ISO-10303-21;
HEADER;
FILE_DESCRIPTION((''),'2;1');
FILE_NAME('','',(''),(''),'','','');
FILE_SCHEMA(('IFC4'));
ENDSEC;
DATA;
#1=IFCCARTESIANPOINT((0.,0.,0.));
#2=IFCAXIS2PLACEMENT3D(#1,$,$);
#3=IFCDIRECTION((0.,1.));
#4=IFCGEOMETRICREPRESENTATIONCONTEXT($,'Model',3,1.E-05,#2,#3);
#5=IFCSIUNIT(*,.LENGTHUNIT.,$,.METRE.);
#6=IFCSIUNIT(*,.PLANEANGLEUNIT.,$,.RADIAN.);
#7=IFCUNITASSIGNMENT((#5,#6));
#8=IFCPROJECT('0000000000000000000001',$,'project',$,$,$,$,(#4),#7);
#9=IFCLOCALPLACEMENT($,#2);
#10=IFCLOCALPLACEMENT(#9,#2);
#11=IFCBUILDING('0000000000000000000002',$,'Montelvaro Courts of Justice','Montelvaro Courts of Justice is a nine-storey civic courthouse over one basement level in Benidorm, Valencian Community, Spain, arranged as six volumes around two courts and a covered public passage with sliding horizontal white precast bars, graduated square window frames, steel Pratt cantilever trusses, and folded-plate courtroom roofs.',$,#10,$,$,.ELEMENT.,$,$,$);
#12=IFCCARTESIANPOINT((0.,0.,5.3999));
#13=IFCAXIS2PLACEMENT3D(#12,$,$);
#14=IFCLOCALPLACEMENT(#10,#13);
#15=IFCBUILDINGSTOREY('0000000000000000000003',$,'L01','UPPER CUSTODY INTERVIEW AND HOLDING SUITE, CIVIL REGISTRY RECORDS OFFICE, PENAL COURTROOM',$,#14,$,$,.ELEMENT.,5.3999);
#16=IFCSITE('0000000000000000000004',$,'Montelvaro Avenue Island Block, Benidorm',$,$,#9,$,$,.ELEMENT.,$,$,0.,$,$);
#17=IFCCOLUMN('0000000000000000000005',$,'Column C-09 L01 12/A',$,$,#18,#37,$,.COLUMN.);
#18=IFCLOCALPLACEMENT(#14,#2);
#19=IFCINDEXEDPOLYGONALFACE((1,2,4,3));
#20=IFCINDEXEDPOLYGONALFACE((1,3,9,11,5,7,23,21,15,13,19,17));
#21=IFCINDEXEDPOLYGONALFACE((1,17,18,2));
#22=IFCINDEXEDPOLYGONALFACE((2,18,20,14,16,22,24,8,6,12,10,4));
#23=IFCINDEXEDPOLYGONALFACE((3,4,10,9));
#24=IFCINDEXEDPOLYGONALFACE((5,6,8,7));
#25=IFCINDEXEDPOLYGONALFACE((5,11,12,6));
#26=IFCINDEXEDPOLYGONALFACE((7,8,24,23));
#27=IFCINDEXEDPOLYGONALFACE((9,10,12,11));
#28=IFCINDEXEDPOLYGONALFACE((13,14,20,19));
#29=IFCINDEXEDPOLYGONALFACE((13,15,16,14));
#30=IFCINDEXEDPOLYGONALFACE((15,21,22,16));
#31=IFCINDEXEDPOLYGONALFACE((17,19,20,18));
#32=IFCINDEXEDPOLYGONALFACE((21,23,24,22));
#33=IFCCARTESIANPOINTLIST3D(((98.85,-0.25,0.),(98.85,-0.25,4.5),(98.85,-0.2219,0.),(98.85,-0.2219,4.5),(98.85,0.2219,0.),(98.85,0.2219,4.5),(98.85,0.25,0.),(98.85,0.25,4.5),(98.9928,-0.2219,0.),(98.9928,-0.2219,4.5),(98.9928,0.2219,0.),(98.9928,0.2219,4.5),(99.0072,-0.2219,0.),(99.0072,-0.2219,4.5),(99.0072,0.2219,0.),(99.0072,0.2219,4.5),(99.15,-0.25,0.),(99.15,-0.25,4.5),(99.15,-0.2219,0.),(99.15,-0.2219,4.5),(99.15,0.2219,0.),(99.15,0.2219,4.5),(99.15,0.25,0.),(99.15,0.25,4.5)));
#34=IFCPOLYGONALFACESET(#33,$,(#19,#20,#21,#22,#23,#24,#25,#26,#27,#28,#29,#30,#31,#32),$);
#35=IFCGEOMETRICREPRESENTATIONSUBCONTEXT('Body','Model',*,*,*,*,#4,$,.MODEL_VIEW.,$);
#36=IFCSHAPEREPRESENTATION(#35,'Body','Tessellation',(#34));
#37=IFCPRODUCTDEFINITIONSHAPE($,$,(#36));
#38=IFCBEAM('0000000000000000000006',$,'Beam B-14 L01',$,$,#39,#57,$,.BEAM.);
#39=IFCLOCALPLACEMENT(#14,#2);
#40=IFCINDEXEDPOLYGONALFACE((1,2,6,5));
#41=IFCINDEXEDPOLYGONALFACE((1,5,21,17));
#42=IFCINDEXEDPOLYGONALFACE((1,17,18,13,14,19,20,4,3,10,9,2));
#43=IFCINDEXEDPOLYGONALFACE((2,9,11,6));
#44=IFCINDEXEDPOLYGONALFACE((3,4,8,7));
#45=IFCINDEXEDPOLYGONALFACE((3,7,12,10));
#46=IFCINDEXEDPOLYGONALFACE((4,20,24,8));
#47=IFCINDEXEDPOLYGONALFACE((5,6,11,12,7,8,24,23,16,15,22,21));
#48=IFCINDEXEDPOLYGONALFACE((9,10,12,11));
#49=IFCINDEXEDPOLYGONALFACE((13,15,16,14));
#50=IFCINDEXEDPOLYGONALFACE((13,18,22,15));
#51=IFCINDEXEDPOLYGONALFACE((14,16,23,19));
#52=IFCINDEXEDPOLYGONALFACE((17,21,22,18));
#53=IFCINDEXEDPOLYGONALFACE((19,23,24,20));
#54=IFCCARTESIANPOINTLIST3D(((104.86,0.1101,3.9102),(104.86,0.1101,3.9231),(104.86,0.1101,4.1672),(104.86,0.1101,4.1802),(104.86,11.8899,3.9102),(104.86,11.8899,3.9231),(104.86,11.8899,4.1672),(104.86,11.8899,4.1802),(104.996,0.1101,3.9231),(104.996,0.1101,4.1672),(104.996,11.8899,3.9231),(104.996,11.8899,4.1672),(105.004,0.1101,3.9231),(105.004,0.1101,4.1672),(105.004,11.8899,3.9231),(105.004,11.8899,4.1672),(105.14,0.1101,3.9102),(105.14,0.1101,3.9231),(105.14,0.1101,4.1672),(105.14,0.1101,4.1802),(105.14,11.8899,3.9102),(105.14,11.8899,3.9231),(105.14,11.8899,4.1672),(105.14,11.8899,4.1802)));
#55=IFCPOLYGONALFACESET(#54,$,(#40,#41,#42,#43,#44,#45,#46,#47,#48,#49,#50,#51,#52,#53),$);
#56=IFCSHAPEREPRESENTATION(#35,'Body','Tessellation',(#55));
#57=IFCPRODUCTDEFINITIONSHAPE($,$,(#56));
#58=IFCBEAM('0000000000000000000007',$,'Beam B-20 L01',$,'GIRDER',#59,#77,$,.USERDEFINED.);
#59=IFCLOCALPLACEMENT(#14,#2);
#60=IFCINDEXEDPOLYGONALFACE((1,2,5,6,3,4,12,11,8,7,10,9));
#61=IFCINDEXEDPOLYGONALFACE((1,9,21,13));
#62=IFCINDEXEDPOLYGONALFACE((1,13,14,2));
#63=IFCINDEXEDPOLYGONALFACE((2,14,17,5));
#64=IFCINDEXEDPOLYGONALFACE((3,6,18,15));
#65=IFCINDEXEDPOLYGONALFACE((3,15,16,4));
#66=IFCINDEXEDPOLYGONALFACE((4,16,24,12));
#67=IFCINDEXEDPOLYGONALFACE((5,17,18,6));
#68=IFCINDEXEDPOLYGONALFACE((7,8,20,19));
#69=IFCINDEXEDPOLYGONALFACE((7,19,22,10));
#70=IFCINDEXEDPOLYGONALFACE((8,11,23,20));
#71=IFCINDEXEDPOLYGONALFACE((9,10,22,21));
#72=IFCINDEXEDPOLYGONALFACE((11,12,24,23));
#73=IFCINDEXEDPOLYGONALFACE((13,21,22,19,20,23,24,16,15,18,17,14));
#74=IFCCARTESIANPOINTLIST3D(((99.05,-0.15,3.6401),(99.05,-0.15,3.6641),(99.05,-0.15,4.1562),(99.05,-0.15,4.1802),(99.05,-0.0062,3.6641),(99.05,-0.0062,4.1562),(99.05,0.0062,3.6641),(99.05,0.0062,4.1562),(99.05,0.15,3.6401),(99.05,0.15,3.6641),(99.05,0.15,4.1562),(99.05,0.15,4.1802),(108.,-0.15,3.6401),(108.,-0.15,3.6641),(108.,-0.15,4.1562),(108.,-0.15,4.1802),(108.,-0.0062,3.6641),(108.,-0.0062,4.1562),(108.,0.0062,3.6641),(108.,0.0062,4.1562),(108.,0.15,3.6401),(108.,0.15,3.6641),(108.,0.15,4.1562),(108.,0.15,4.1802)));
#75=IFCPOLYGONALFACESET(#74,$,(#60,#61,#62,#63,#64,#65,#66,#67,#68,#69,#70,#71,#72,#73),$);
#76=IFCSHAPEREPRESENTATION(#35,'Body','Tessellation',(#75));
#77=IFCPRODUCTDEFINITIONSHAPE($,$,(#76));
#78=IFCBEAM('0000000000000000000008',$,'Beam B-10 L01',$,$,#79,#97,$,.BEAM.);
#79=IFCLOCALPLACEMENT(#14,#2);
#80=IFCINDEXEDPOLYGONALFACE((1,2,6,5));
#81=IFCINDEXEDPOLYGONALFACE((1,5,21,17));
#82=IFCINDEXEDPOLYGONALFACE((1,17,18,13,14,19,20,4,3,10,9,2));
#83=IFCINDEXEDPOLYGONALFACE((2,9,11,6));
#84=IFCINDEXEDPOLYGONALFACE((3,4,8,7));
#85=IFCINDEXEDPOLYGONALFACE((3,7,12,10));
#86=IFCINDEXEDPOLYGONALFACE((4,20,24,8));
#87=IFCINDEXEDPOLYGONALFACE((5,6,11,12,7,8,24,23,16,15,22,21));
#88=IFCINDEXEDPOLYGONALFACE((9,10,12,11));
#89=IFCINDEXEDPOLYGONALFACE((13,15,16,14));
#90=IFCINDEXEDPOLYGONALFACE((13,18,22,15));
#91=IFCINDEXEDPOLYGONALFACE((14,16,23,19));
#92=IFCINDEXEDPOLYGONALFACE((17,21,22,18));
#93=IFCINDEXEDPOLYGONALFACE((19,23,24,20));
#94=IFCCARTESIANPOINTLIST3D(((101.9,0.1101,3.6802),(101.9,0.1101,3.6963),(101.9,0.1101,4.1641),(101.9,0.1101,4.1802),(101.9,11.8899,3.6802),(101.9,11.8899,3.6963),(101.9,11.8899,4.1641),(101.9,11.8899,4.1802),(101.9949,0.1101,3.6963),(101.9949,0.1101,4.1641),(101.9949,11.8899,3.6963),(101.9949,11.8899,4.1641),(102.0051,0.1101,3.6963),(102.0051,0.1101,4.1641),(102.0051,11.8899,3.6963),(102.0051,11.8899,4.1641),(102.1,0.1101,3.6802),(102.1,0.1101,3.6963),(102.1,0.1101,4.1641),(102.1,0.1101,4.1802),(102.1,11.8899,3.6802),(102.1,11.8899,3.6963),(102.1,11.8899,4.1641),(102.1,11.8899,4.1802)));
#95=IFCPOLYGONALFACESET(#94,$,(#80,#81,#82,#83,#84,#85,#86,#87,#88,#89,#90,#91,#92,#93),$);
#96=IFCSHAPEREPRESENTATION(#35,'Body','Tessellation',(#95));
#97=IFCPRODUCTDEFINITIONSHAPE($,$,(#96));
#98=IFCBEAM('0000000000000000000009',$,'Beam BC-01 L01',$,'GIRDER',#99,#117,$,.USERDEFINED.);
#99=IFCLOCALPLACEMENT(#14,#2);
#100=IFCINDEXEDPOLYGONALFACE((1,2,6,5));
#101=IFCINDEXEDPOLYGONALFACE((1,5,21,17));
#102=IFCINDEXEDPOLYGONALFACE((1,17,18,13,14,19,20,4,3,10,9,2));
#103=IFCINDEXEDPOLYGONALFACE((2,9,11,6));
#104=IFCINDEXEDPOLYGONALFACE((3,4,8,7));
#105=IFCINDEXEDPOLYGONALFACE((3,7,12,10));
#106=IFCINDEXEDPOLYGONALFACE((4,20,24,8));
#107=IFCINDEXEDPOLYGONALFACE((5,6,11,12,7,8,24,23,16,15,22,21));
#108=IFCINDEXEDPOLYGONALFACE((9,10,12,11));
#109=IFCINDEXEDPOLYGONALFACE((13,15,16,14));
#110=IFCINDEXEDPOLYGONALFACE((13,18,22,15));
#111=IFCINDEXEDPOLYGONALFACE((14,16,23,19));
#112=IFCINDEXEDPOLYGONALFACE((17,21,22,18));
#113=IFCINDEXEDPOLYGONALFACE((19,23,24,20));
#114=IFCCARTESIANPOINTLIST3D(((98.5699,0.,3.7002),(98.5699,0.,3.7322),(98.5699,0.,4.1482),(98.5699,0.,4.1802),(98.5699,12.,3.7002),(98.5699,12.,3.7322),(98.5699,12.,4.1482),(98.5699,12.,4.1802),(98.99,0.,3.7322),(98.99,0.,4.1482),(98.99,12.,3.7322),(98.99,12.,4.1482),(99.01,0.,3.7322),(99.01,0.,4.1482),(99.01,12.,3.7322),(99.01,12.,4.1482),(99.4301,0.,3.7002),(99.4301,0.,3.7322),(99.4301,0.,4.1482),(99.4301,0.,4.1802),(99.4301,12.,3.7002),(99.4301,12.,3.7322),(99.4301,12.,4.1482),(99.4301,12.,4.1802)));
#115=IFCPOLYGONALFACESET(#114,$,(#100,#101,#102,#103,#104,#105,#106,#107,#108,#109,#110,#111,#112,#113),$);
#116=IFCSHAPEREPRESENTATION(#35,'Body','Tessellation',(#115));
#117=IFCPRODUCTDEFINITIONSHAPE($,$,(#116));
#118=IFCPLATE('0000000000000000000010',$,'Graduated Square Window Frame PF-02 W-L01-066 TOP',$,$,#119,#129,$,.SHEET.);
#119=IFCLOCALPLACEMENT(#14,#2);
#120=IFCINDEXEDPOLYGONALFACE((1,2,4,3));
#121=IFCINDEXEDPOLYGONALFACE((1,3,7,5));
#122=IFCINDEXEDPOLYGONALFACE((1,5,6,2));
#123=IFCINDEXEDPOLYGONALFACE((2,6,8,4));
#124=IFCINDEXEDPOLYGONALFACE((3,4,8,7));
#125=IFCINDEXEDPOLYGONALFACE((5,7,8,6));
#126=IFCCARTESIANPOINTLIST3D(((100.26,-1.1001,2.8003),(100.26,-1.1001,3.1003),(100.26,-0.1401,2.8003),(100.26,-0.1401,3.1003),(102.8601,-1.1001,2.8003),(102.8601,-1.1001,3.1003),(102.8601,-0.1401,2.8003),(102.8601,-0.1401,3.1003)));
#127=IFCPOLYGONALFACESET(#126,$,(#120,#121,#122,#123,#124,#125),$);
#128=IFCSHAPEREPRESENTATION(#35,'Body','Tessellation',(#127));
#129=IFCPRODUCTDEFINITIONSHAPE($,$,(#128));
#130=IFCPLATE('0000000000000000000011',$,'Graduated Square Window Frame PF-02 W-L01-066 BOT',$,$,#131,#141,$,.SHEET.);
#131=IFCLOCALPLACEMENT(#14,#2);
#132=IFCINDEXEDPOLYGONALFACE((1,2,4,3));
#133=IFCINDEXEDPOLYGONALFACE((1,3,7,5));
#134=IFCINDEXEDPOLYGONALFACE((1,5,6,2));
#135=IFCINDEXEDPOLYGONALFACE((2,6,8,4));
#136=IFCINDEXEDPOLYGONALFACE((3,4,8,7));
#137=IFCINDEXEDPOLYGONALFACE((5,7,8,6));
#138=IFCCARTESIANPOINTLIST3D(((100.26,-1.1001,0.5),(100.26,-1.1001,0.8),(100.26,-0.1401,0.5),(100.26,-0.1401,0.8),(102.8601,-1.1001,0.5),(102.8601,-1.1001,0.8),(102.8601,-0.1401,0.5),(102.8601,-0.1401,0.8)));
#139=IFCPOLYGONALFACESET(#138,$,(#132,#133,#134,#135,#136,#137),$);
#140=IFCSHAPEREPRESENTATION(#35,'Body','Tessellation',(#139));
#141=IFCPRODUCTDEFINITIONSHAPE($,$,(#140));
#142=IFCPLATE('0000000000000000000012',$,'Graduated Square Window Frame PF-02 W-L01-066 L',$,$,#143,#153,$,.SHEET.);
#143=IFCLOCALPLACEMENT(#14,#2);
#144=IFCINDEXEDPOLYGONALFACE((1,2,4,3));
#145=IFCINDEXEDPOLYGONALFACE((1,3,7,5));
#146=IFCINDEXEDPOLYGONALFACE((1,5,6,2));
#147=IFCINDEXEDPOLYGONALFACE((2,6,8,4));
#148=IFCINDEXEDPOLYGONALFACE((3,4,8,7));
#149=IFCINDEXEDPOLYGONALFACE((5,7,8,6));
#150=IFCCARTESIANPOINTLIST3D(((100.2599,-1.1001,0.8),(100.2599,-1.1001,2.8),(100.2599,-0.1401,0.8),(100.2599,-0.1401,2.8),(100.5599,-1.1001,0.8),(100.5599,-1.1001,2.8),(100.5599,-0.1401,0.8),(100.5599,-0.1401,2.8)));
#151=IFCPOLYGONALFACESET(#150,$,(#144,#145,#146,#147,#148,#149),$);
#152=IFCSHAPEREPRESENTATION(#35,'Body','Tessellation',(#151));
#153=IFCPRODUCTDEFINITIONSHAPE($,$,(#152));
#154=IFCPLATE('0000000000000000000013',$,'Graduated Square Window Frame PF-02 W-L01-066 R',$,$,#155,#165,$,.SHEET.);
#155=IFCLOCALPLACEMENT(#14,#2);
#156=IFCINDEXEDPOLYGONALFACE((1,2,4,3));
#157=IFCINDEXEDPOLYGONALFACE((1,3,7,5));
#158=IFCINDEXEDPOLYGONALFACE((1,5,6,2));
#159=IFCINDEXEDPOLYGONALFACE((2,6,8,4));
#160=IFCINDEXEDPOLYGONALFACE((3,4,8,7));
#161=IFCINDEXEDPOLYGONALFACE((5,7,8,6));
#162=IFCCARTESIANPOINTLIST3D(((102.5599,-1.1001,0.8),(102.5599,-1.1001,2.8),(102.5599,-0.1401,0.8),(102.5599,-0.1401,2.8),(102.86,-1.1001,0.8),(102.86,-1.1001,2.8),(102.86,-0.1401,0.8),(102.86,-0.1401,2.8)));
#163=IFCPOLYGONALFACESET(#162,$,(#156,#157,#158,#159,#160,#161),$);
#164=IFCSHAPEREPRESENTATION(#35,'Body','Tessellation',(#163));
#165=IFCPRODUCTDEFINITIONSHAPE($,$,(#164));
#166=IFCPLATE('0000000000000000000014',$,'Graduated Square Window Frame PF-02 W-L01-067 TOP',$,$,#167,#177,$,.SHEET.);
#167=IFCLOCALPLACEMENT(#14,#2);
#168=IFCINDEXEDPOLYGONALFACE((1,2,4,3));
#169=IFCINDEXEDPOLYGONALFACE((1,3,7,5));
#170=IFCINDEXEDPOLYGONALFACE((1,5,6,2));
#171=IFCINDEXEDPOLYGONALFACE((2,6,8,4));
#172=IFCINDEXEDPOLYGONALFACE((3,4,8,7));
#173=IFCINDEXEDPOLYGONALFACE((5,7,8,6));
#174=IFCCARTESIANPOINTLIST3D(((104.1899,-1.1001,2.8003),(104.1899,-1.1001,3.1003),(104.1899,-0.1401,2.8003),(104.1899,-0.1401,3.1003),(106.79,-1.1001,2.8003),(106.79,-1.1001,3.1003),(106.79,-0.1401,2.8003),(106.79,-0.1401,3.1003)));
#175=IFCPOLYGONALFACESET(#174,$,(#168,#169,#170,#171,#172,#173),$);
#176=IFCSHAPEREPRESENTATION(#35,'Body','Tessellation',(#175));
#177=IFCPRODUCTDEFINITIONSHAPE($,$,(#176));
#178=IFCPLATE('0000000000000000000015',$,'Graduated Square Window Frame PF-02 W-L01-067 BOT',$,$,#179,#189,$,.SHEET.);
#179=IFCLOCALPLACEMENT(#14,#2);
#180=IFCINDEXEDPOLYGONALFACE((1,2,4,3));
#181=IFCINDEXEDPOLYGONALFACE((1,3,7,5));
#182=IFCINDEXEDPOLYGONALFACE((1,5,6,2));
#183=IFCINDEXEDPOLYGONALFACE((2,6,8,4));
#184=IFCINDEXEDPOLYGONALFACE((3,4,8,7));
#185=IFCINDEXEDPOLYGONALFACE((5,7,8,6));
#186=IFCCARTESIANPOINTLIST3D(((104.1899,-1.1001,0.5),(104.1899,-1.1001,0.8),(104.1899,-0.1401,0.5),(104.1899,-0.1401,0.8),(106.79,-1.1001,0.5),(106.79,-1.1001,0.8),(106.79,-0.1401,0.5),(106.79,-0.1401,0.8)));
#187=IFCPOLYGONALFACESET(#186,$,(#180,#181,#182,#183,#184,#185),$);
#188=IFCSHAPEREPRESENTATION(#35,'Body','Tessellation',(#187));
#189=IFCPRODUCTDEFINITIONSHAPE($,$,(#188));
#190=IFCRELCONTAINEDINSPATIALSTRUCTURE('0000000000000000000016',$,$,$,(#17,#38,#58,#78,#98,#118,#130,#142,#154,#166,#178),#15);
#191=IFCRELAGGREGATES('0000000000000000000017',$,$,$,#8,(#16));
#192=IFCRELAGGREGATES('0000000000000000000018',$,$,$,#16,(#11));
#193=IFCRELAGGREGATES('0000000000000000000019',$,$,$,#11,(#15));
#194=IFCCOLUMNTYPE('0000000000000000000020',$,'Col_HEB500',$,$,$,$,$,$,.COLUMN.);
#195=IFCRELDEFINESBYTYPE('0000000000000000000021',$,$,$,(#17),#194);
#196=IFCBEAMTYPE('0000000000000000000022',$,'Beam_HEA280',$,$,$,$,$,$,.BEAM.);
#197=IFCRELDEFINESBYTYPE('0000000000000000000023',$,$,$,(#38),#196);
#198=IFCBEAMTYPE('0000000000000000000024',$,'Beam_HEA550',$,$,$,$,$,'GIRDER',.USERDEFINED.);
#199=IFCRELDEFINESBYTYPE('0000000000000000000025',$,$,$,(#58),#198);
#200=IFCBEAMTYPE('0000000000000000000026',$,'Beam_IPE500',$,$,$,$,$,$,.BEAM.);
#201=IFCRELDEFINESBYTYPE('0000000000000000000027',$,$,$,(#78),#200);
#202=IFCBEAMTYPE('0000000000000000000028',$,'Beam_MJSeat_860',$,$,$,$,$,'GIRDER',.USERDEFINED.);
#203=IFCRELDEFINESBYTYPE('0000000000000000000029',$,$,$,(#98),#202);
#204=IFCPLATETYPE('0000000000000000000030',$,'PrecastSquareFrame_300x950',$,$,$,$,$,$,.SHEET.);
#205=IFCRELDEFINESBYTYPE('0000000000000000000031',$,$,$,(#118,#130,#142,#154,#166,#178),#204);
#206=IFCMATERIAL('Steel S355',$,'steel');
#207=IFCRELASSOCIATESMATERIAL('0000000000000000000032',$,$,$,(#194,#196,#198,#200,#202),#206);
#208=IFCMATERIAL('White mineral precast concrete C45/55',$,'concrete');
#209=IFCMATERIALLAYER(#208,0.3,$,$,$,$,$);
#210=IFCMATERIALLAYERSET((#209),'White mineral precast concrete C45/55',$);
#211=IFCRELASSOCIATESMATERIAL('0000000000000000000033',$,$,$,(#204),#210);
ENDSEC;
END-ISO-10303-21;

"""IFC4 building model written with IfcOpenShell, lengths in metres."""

from ifc_helpers import new_model, si_unit, direction, frame, origin, origin_2d, place, context, subcontext, project, spatial, rectangle, i_section, extrude, material, layer, layer_set, material_profile, profile_set, type_object, element, save


model = new_model("IFC4")

# Units and contexts
model_context = context("Model", 3, precision=1e-05, world=origin(), true_north=direction((0.0, 1.0)))
body_context = subcontext(model_context, "Body", "Model", "MODEL_VIEW")
ifc_project = project(units=[si_unit("LENGTHUNIT", "METRE"), si_unit("PLANEANGLEUNIT", "RADIAN")], contexts=[model_context])

# Site, building, storey
site_placement = place(None, origin())
site = spatial("IfcSite", under=ifc_project, at=site_placement, Name="Montelvaro Avenue Island Block, Benidorm", CompositionType="ELEMENT", RefElevation=0.0)
building_placement = place(site_placement, origin())
building = spatial("IfcBuilding", under=site, at=building_placement, Name="Montelvaro Courts of Justice", Description="Montelvaro Courts of Justice is a nine-storey civic courthouse over one basement level in Benidorm, Valencian Community, Spain, arranged as six volumes around two courts and a covered public passage with sliding horizontal white precast bars, graduated square window frames, steel Pratt cantilever trusses, and folded-plate courtroom roofs.", CompositionType="ELEMENT")
storey_placement = place(building_placement, frame((0.0, 0.0, 5.3999)))
storey = spatial("IfcBuildingStorey", under=building, at=storey_placement, Name="L01", Description="UPPER CUSTODY INTERVIEW AND HOLDING SUITE, CIVIL REGISTRY RECORDS OFFICE, PENAL COURTROOM", CompositionType="ELEMENT", Elevation=5.3999)

# Column
ifc_material_1 = material(Name="Steel S355", Category="steel")
ifc_material_profile_1 = material_profile(ifc_material_1, i_section(OverallWidth=0.3, OverallDepth=0.5, WebThickness=0.0144, FlangeThickness=0.0281, at=origin_2d()), Name="HEB 500")
ifc_profile_set_1 = profile_set([ifc_material_profile_1], Name="Steel S355")
column_type = type_object("IfcColumnType", Name="Col_HEB500", PredefinedType="COLUMN", material=ifc_profile_set_1)
column_placement = place(storey_placement, frame((99.0, 0.0, 0.0), z_axis=(0.0, 0.0, 1.0), x_axis=(1.0, 0.0, 0.0)))
element("IfcColumn", 1, at=column_placement, inside=storey, type_object=column_type, Name="Column C-09 L01 12/A", PredefinedType="COLUMN", context=body_context, shape_type="SweptSolid", body=[
    extrude(i_section(OverallWidth=0.3, OverallDepth=0.5, WebThickness=0.0144, FlangeThickness=0.0281, at=origin_2d()), origin(), (0.0, 0.0, 1.0), 4.5),
])

# Beams
ifc_material_profile_2 = material_profile(ifc_material_1, i_section(OverallWidth=0.28, OverallDepth=0.27, WebThickness=0.0081, FlangeThickness=0.0129, at=origin_2d()), Name="HEA 280")
ifc_profile_set_2 = profile_set([ifc_material_profile_2], Name="Steel S355")
beam_type_1 = type_object("IfcBeamType", Name="Beam_HEA280", PredefinedType="BEAM", material=ifc_profile_set_2)
beam_1_placement = place(storey_placement, frame((105.0, 0.1101, 4.0452), z_axis=(0.0, 1.0, 0.0), x_axis=(-1.0, 0.0, 0.0)))
element("IfcBeam", 2, at=beam_1_placement, inside=storey, type_object=beam_type_1, Name="Beam B-14 L01", PredefinedType="BEAM", context=body_context, shape_type="SweptSolid", body=[
    extrude(i_section(OverallWidth=0.28, OverallDepth=0.27, WebThickness=0.0081, FlangeThickness=0.0129, at=origin_2d()), origin(), (0.0, 0.0, 1.0), 11.7798),
])
ifc_material_profile_3 = material_profile(ifc_material_1, i_section(OverallWidth=0.3, OverallDepth=0.54, WebThickness=0.0125, FlangeThickness=0.0239, at=origin_2d()), Name="HEA 550")
ifc_profile_set_3 = profile_set([ifc_material_profile_3], Name="Steel S355")
beam_type_2 = type_object("IfcBeamType", Name="Beam_HEA550", ElementType="GIRDER", PredefinedType="USERDEFINED", material=ifc_profile_set_3)
beam_2_placement = place(storey_placement, frame((99.05, 0.0, 3.9102), z_axis=(1.0, 0.0, 0.0), x_axis=(0.0, 1.0, 0.0)))
element("IfcBeam", 3, at=beam_2_placement, inside=storey, type_object=beam_type_2, Name="Beam B-20 L01", ObjectType="GIRDER", PredefinedType="USERDEFINED", context=body_context, shape_type="SweptSolid", body=[
    extrude(i_section(OverallWidth=0.3, OverallDepth=0.54, WebThickness=0.0125, FlangeThickness=0.0239, at=origin_2d()), origin(), (0.0, 0.0, 1.0), 8.95),
])
ifc_material_profile_4 = material_profile(ifc_material_1, i_section(OverallWidth=0.2, OverallDepth=0.5, WebThickness=0.0103, FlangeThickness=0.0161, at=origin_2d()), Name="IPE 500")
ifc_profile_set_4 = profile_set([ifc_material_profile_4], Name="Steel S355")
beam_type_3 = type_object("IfcBeamType", Name="Beam_IPE500", PredefinedType="BEAM", material=ifc_profile_set_4)
beam_3_placement = place(storey_placement, frame((102.0, 0.1101, 3.9302), z_axis=(0.0, 1.0, 0.0), x_axis=(-1.0, 0.0, 0.0)))
element("IfcBeam", 4, at=beam_3_placement, inside=storey, type_object=beam_type_3, Name="Beam B-10 L01", PredefinedType="BEAM", context=body_context, shape_type="SweptSolid", body=[
    extrude(i_section(OverallWidth=0.2, OverallDepth=0.5, WebThickness=0.0103, FlangeThickness=0.0161, at=origin_2d()), origin(), (0.0, 0.0, 1.0), 11.7798),
])
ifc_material_profile_5 = material_profile(ifc_material_1, i_section(OverallWidth=0.8601, OverallDepth=0.48, WebThickness=0.02, FlangeThickness=0.032, at=origin_2d()), Name="HL 480x860")
ifc_profile_set_5 = profile_set([ifc_material_profile_5], Name="Steel S355")
beam_type_4 = type_object("IfcBeamType", Name="Beam_MJSeat_860", ElementType="GIRDER", PredefinedType="USERDEFINED", material=ifc_profile_set_5)
beam_4_placement = place(storey_placement, frame((99.0, 0.0, 3.9402), z_axis=(0.0, 1.0, 0.0), x_axis=(-1.0, 0.0, 0.0)))
element("IfcBeam", 5, at=beam_4_placement, inside=storey, type_object=beam_type_4, Name="Beam BC-01 L01", ObjectType="GIRDER", PredefinedType="USERDEFINED", context=body_context, shape_type="SweptSolid", body=[
    extrude(i_section(OverallWidth=0.8601, OverallDepth=0.48, WebThickness=0.02, FlangeThickness=0.032, at=origin_2d()), origin(), (0.0, 0.0, 1.0), 12.0),
])

# Plates
ifc_material_2 = material(Name="White mineral precast concrete C45/55", Category="concrete")
ifc_layer_1 = layer(ifc_material_2, 0.3)
ifc_layer_set_1 = layer_set([ifc_layer_1], Name="White mineral precast concrete C45/55")
plate_type = type_object("IfcPlateType", Name="PrecastSquareFrame_300x950", PredefinedType="SHEET", material=ifc_layer_set_1)
for number, where, z_axis, x_axis, name in (
    (6, (101.5601, -0.6201, 2.8003), (0.0, 0.0, 1.0), (1.0, 0.0, 0.0), "Graduated Square Window Frame PF-02 W-L01-066 TOP"),
    (7, (101.5601, -0.6201, 0.5), (0.0, 0.0, 1.0), (1.0, 0.0, 0.0), "Graduated Square Window Frame PF-02 W-L01-066 BOT"),
):
    element("IfcPlate", number, at=place(storey_placement, frame(where, z_axis=z_axis, x_axis=x_axis)), inside=storey, type_object=plate_type, Name=name, PredefinedType="SHEET", context=body_context, shape_type="SweptSolid", body=[
        extrude(rectangle(XDim=2.6001, YDim=0.96, at=origin_2d()), origin(), (0.0, 0.0, 1.0), 0.3),
    ])
for number, where, z_axis, x_axis, name in (
    (8, (100.4099, -0.6201, 0.8), (0.0, 0.0, 1.0), (1.0, 0.0, 0.0), "Graduated Square Window Frame PF-02 W-L01-066 L"),
    (9, (102.71, -0.6201, 0.8), (0.0, 0.0, 1.0), (1.0, 0.0, 0.0), "Graduated Square Window Frame PF-02 W-L01-066 R"),
):
    element("IfcPlate", number, at=place(storey_placement, frame(where, z_axis=z_axis, x_axis=x_axis)), inside=storey, type_object=plate_type, Name=name, PredefinedType="SHEET", context=body_context, shape_type="SweptSolid", body=[
        extrude(rectangle(XDim=0.3, YDim=0.96, at=origin_2d()), origin(), (0.0, 0.0, 1.0), 2.0),
    ])
for number, where, z_axis, x_axis, name in (
    (10, (105.49, -0.6201, 2.8003), (0.0, 0.0, 1.0), (1.0, 0.0, 0.0), "Graduated Square Window Frame PF-02 W-L01-067 TOP"),
    (11, (105.49, -0.6201, 0.5), (0.0, 0.0, 1.0), (1.0, 0.0, 0.0), "Graduated Square Window Frame PF-02 W-L01-067 BOT"),
):
    element("IfcPlate", number, at=place(storey_placement, frame(where, z_axis=z_axis, x_axis=x_axis)), inside=storey, type_object=plate_type, Name=name, PredefinedType="SHEET", context=body_context, shape_type="SweptSolid", body=[
        extrude(rectangle(XDim=2.6001, YDim=0.96, at=origin_2d()), origin(), (0.0, 0.0, 1.0), 0.3),
    ])

save(model, "model.ifc")
